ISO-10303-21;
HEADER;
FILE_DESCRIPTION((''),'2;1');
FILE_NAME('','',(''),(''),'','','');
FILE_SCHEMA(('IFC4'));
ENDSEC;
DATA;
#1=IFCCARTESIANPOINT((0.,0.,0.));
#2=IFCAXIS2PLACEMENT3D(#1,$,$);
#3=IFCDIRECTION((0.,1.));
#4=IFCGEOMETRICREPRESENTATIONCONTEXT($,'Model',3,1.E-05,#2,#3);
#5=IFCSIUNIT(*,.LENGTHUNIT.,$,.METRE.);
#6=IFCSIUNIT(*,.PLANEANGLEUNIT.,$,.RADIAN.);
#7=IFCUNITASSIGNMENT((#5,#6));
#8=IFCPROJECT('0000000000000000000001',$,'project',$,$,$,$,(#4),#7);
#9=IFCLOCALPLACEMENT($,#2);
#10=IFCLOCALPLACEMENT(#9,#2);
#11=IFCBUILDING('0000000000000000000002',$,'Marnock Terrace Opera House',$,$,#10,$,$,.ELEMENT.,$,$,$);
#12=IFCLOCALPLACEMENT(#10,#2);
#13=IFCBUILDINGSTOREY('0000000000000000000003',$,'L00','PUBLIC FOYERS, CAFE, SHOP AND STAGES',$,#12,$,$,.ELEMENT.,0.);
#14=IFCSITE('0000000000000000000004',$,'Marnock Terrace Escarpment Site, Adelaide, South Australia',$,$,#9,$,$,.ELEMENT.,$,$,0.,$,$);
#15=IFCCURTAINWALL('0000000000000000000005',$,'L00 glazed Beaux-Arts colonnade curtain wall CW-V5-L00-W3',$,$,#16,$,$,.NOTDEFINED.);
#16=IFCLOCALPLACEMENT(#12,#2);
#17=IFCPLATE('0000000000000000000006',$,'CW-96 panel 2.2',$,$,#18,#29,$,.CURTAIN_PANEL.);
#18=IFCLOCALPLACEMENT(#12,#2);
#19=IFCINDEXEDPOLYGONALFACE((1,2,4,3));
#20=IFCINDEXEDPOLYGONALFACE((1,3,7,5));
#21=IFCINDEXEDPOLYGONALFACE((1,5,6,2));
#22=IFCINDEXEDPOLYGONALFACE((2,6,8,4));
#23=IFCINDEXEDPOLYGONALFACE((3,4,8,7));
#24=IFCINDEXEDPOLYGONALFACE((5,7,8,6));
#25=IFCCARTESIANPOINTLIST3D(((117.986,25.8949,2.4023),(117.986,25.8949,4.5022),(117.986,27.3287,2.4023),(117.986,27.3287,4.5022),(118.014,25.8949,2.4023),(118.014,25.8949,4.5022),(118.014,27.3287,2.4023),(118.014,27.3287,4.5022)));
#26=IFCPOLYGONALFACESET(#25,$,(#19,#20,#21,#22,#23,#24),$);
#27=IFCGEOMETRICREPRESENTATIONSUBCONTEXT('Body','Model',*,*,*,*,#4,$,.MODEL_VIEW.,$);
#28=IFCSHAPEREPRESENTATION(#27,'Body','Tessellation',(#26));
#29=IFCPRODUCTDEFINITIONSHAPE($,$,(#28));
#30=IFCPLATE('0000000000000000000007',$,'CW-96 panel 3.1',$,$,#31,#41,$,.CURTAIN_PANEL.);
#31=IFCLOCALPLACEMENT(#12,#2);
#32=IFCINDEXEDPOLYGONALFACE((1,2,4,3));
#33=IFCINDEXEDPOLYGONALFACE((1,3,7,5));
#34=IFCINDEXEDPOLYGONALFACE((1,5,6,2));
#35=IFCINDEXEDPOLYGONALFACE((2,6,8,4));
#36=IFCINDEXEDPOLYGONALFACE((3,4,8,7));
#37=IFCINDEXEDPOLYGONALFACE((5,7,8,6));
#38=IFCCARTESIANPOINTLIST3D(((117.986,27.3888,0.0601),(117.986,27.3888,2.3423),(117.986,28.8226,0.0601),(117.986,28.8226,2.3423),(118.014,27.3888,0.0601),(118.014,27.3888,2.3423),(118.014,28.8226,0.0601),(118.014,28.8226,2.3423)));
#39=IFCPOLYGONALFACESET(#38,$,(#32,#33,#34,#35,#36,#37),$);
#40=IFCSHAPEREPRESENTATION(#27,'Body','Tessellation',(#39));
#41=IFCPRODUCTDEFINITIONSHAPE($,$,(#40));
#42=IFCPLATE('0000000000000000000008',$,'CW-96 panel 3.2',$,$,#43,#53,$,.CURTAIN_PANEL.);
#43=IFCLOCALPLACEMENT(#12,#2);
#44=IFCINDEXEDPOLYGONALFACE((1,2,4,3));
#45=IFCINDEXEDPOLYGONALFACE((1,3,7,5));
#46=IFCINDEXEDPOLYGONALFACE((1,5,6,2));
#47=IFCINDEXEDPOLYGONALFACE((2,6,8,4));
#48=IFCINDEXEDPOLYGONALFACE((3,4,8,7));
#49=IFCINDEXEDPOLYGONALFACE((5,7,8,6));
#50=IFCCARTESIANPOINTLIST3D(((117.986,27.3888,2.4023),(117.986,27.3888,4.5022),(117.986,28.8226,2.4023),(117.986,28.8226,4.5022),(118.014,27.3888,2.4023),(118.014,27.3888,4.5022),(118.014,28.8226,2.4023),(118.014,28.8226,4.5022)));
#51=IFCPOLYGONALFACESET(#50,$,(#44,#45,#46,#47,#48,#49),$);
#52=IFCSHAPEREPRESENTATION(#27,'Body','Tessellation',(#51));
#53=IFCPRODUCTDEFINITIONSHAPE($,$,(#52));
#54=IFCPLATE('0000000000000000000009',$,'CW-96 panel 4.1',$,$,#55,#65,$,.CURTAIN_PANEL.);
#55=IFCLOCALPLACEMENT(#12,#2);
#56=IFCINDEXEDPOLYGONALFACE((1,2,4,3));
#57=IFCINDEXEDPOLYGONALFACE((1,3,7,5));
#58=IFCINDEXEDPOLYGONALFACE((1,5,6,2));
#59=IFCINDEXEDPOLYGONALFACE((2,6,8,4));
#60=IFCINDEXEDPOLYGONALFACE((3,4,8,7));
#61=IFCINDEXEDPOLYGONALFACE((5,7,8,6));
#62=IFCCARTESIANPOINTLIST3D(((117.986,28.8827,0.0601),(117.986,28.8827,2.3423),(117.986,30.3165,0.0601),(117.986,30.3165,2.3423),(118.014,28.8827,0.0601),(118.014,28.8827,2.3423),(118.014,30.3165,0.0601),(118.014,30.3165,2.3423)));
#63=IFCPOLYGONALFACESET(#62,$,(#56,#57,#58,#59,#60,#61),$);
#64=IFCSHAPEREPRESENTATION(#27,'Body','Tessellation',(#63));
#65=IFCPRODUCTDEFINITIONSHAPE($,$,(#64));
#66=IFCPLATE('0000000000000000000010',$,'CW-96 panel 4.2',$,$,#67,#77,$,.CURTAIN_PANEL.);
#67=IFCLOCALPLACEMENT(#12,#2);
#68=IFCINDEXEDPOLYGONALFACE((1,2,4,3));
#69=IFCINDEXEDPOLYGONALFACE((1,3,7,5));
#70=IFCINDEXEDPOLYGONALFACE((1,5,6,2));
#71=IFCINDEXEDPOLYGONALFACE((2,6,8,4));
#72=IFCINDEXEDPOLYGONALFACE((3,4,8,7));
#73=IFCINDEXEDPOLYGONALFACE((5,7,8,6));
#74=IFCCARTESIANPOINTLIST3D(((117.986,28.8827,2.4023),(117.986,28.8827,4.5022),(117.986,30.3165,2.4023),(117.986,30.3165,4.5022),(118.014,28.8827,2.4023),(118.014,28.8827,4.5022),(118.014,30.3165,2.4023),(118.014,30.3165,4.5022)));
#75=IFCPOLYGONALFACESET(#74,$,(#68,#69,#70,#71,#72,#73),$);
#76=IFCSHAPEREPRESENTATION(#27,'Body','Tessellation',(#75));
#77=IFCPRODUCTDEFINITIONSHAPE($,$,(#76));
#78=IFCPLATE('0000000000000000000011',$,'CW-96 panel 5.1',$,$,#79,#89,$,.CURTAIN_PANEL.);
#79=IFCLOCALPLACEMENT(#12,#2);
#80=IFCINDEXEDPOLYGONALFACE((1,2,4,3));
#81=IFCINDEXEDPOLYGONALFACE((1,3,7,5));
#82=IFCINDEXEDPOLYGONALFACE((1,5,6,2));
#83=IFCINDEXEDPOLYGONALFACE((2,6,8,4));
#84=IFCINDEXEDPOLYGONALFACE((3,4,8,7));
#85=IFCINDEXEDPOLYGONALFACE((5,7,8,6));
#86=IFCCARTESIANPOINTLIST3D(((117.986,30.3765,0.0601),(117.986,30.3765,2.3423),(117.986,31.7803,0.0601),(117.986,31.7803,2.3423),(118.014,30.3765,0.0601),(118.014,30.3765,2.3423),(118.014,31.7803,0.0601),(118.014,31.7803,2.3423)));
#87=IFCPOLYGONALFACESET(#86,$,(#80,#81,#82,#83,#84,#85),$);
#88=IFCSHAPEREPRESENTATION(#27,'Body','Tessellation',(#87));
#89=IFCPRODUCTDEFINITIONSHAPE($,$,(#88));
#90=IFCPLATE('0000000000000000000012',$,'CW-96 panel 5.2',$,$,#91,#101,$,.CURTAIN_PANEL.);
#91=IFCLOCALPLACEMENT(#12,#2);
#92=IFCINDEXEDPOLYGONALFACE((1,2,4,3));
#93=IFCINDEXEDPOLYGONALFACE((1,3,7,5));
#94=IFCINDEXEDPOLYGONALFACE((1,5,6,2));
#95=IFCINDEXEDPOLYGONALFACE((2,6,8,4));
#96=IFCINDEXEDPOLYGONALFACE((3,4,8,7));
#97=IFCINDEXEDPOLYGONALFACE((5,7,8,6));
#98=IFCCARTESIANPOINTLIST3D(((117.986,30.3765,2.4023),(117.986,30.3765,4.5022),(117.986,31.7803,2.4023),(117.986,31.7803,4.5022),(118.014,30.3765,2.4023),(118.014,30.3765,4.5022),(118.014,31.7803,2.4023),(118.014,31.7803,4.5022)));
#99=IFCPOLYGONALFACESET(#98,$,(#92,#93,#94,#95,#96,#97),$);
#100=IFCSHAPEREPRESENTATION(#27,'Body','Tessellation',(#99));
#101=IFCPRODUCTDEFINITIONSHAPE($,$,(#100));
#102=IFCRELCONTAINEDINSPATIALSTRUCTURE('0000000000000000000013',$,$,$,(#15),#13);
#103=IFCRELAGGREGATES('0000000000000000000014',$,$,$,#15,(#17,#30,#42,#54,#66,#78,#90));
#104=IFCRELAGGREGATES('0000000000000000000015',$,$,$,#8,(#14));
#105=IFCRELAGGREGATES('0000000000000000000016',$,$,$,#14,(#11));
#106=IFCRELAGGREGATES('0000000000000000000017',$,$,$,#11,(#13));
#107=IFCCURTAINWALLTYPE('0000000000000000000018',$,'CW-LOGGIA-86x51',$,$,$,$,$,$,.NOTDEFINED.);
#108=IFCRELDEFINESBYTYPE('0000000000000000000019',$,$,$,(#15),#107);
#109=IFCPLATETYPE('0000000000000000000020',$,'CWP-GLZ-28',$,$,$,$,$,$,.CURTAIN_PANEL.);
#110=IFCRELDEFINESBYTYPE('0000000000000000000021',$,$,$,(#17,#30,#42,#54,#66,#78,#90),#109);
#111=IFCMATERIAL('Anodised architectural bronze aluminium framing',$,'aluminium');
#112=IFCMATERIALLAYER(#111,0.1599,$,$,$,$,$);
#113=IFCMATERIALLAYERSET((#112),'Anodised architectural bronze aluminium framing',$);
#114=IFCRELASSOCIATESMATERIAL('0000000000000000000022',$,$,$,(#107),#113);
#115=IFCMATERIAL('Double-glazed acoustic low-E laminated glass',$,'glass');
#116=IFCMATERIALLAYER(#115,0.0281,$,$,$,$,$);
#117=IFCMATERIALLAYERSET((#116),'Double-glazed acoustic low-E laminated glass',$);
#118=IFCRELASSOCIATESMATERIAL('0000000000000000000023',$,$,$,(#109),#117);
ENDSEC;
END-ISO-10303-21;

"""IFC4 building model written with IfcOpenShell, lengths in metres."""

from ifc_helpers import new_model, si_unit, direction, frame, origin, origin_2d, place, context, subcontext, project, spatial, rectangle, extrude, material, layer, layer_set, type_object, element, aggregate, save


model = new_model("IFC4")

# Units and contexts
model_context = context("Model", 3, precision=1e-05, world=origin(), true_north=direction((0.0, 1.0)))
body_context = subcontext(model_context, "Body", "Model", "MODEL_VIEW")
ifc_project = project(units=[si_unit("LENGTHUNIT", "METRE"), si_unit("PLANEANGLEUNIT", "RADIAN")], contexts=[model_context])

# Site, building, storey
site_placement = place(None, origin())
site = spatial("IfcSite", under=ifc_project, at=site_placement, Name="Marnock Terrace Escarpment Site, Adelaide, South Australia", CompositionType="ELEMENT", RefElevation=0.0)
building_placement = place(site_placement, origin())
building = spatial("IfcBuilding", under=site, at=building_placement, Name="Marnock Terrace Opera House", CompositionType="ELEMENT")
storey_placement = place(building_placement, origin())
storey = spatial("IfcBuildingStorey", under=building, at=storey_placement, Name="L00", Description="PUBLIC FOYERS, CAFE, SHOP AND STAGES", CompositionType="ELEMENT", Elevation=0.0)

# Curtain wall, plates
ifc_material_1 = material(Name="Anodised architectural bronze aluminium framing", Category="aluminium")
ifc_layer_1 = layer(ifc_material_1, 0.1599)
ifc_layer_set_1 = layer_set([ifc_layer_1], Name="Anodised architectural bronze aluminium framing")
curtain_wall_type = type_object("IfcCurtainWallType", Name="CW-LOGGIA-86x51", PredefinedType="NOTDEFINED", material=ifc_layer_set_1)
curtain_wall_placement = place(storey_placement, origin())
curtain_wall = element("IfcCurtainWall", 1, at=curtain_wall_placement, inside=storey, type_object=curtain_wall_type, Name="L00 glazed Beaux-Arts colonnade curtain wall CW-V5-L00-W3", PredefinedType="NOTDEFINED")
ifc_material_2 = material(Name="Double-glazed acoustic low-E laminated glass", Category="glass")
ifc_layer_2 = layer(ifc_material_2, 0.0281)
ifc_layer_set_2 = layer_set([ifc_layer_2], Name="Double-glazed acoustic low-E laminated glass")
plate_type = type_object("IfcPlateType", Name="CWP-GLZ-28", PredefinedType="CURTAIN_PANEL", material=ifc_layer_set_2)
plate_1_placement = place(storey_placement, frame((118.0, 26.6118, 2.4023), z_axis=(0.0, 0.0, 1.0), x_axis=(0.0, 1.0, 0.0)))
plate_1 = element("IfcPlate", 2, at=plate_1_placement, type_object=plate_type, Name="CW-96 panel 2.2", PredefinedType="CURTAIN_PANEL", context=body_context, shape_type="SweptSolid", body=[
    extrude(rectangle(XDim=1.4338, YDim=0.0281, at=origin_2d()), origin(), (0.0, 0.0, 1.0), 2.0999),
])
plate_2_placement = place(storey_placement, frame((118.0, 28.1057, 0.0601), z_axis=(0.0, 0.0, 1.0), x_axis=(0.0, 1.0, 0.0)))
plate_2 = element("IfcPlate", 3, at=plate_2_placement, type_object=plate_type, Name="CW-96 panel 3.1", PredefinedType="CURTAIN_PANEL", context=body_context, shape_type="SweptSolid", body=[
    extrude(rectangle(XDim=1.4338, YDim=0.0281, at=origin_2d()), origin(), (0.0, 0.0, 1.0), 2.2822),
])
plate_3_placement = place(storey_placement, frame((118.0, 28.1057, 2.4023), z_axis=(0.0, 0.0, 1.0), x_axis=(0.0, 1.0, 0.0)))
plate_3 = element("IfcPlate", 4, at=plate_3_placement, type_object=plate_type, Name="CW-96 panel 3.2", PredefinedType="CURTAIN_PANEL", context=body_context, shape_type="SweptSolid", body=[
    extrude(rectangle(XDim=1.4338, YDim=0.0281, at=origin_2d()), origin(), (0.0, 0.0, 1.0), 2.0999),
])
plate_4_placement = place(storey_placement, frame((118.0, 29.5996, 0.0601), z_axis=(0.0, 0.0, 1.0), x_axis=(0.0, 1.0, 0.0)))
plate_4 = element("IfcPlate", 5, at=plate_4_placement, type_object=plate_type, Name="CW-96 panel 4.1", PredefinedType="CURTAIN_PANEL", context=body_context, shape_type="SweptSolid", body=[
    extrude(rectangle(XDim=1.4338, YDim=0.0281, at=origin_2d()), origin(), (0.0, 0.0, 1.0), 2.2822),
])
plate_5_placement = place(storey_placement, frame((118.0, 29.5996, 2.4023), z_axis=(0.0, 0.0, 1.0), x_axis=(0.0, 1.0, 0.0)))
plate_5 = element("IfcPlate", 6, at=plate_5_placement, type_object=plate_type, Name="CW-96 panel 4.2", PredefinedType="CURTAIN_PANEL", context=body_context, shape_type="SweptSolid", body=[
    extrude(rectangle(XDim=1.4338, YDim=0.0281, at=origin_2d()), origin(), (0.0, 0.0, 1.0), 2.0999),
])
plate_6_placement = place(storey_placement, frame((118.0, 31.0784, 0.0601), z_axis=(0.0, 0.0, 1.0), x_axis=(0.0, 1.0, 0.0)))
plate_6 = element("IfcPlate", 7, at=plate_6_placement, type_object=plate_type, Name="CW-96 panel 5.1", PredefinedType="CURTAIN_PANEL", context=body_context, shape_type="SweptSolid", body=[
    extrude(rectangle(XDim=1.4038, YDim=0.0281, at=origin_2d()), origin(), (0.0, 0.0, 1.0), 2.2822),
])
plate_7_placement = place(storey_placement, frame((118.0, 31.0784, 2.4023), z_axis=(0.0, 0.0, 1.0), x_axis=(0.0, 1.0, 0.0)))
plate_7 = element("IfcPlate", 8, at=plate_7_placement, type_object=plate_type, Name="CW-96 panel 5.2", PredefinedType="CURTAIN_PANEL", context=body_context, shape_type="SweptSolid", body=[
    extrude(rectangle(XDim=1.4038, YDim=0.0281, at=origin_2d()), origin(), (0.0, 0.0, 1.0), 2.0999),
])
aggregate(curtain_wall, [plate_1, plate_2, plate_3, plate_4, plate_5, plate_6, plate_7])

save(model, "model.ifc")
